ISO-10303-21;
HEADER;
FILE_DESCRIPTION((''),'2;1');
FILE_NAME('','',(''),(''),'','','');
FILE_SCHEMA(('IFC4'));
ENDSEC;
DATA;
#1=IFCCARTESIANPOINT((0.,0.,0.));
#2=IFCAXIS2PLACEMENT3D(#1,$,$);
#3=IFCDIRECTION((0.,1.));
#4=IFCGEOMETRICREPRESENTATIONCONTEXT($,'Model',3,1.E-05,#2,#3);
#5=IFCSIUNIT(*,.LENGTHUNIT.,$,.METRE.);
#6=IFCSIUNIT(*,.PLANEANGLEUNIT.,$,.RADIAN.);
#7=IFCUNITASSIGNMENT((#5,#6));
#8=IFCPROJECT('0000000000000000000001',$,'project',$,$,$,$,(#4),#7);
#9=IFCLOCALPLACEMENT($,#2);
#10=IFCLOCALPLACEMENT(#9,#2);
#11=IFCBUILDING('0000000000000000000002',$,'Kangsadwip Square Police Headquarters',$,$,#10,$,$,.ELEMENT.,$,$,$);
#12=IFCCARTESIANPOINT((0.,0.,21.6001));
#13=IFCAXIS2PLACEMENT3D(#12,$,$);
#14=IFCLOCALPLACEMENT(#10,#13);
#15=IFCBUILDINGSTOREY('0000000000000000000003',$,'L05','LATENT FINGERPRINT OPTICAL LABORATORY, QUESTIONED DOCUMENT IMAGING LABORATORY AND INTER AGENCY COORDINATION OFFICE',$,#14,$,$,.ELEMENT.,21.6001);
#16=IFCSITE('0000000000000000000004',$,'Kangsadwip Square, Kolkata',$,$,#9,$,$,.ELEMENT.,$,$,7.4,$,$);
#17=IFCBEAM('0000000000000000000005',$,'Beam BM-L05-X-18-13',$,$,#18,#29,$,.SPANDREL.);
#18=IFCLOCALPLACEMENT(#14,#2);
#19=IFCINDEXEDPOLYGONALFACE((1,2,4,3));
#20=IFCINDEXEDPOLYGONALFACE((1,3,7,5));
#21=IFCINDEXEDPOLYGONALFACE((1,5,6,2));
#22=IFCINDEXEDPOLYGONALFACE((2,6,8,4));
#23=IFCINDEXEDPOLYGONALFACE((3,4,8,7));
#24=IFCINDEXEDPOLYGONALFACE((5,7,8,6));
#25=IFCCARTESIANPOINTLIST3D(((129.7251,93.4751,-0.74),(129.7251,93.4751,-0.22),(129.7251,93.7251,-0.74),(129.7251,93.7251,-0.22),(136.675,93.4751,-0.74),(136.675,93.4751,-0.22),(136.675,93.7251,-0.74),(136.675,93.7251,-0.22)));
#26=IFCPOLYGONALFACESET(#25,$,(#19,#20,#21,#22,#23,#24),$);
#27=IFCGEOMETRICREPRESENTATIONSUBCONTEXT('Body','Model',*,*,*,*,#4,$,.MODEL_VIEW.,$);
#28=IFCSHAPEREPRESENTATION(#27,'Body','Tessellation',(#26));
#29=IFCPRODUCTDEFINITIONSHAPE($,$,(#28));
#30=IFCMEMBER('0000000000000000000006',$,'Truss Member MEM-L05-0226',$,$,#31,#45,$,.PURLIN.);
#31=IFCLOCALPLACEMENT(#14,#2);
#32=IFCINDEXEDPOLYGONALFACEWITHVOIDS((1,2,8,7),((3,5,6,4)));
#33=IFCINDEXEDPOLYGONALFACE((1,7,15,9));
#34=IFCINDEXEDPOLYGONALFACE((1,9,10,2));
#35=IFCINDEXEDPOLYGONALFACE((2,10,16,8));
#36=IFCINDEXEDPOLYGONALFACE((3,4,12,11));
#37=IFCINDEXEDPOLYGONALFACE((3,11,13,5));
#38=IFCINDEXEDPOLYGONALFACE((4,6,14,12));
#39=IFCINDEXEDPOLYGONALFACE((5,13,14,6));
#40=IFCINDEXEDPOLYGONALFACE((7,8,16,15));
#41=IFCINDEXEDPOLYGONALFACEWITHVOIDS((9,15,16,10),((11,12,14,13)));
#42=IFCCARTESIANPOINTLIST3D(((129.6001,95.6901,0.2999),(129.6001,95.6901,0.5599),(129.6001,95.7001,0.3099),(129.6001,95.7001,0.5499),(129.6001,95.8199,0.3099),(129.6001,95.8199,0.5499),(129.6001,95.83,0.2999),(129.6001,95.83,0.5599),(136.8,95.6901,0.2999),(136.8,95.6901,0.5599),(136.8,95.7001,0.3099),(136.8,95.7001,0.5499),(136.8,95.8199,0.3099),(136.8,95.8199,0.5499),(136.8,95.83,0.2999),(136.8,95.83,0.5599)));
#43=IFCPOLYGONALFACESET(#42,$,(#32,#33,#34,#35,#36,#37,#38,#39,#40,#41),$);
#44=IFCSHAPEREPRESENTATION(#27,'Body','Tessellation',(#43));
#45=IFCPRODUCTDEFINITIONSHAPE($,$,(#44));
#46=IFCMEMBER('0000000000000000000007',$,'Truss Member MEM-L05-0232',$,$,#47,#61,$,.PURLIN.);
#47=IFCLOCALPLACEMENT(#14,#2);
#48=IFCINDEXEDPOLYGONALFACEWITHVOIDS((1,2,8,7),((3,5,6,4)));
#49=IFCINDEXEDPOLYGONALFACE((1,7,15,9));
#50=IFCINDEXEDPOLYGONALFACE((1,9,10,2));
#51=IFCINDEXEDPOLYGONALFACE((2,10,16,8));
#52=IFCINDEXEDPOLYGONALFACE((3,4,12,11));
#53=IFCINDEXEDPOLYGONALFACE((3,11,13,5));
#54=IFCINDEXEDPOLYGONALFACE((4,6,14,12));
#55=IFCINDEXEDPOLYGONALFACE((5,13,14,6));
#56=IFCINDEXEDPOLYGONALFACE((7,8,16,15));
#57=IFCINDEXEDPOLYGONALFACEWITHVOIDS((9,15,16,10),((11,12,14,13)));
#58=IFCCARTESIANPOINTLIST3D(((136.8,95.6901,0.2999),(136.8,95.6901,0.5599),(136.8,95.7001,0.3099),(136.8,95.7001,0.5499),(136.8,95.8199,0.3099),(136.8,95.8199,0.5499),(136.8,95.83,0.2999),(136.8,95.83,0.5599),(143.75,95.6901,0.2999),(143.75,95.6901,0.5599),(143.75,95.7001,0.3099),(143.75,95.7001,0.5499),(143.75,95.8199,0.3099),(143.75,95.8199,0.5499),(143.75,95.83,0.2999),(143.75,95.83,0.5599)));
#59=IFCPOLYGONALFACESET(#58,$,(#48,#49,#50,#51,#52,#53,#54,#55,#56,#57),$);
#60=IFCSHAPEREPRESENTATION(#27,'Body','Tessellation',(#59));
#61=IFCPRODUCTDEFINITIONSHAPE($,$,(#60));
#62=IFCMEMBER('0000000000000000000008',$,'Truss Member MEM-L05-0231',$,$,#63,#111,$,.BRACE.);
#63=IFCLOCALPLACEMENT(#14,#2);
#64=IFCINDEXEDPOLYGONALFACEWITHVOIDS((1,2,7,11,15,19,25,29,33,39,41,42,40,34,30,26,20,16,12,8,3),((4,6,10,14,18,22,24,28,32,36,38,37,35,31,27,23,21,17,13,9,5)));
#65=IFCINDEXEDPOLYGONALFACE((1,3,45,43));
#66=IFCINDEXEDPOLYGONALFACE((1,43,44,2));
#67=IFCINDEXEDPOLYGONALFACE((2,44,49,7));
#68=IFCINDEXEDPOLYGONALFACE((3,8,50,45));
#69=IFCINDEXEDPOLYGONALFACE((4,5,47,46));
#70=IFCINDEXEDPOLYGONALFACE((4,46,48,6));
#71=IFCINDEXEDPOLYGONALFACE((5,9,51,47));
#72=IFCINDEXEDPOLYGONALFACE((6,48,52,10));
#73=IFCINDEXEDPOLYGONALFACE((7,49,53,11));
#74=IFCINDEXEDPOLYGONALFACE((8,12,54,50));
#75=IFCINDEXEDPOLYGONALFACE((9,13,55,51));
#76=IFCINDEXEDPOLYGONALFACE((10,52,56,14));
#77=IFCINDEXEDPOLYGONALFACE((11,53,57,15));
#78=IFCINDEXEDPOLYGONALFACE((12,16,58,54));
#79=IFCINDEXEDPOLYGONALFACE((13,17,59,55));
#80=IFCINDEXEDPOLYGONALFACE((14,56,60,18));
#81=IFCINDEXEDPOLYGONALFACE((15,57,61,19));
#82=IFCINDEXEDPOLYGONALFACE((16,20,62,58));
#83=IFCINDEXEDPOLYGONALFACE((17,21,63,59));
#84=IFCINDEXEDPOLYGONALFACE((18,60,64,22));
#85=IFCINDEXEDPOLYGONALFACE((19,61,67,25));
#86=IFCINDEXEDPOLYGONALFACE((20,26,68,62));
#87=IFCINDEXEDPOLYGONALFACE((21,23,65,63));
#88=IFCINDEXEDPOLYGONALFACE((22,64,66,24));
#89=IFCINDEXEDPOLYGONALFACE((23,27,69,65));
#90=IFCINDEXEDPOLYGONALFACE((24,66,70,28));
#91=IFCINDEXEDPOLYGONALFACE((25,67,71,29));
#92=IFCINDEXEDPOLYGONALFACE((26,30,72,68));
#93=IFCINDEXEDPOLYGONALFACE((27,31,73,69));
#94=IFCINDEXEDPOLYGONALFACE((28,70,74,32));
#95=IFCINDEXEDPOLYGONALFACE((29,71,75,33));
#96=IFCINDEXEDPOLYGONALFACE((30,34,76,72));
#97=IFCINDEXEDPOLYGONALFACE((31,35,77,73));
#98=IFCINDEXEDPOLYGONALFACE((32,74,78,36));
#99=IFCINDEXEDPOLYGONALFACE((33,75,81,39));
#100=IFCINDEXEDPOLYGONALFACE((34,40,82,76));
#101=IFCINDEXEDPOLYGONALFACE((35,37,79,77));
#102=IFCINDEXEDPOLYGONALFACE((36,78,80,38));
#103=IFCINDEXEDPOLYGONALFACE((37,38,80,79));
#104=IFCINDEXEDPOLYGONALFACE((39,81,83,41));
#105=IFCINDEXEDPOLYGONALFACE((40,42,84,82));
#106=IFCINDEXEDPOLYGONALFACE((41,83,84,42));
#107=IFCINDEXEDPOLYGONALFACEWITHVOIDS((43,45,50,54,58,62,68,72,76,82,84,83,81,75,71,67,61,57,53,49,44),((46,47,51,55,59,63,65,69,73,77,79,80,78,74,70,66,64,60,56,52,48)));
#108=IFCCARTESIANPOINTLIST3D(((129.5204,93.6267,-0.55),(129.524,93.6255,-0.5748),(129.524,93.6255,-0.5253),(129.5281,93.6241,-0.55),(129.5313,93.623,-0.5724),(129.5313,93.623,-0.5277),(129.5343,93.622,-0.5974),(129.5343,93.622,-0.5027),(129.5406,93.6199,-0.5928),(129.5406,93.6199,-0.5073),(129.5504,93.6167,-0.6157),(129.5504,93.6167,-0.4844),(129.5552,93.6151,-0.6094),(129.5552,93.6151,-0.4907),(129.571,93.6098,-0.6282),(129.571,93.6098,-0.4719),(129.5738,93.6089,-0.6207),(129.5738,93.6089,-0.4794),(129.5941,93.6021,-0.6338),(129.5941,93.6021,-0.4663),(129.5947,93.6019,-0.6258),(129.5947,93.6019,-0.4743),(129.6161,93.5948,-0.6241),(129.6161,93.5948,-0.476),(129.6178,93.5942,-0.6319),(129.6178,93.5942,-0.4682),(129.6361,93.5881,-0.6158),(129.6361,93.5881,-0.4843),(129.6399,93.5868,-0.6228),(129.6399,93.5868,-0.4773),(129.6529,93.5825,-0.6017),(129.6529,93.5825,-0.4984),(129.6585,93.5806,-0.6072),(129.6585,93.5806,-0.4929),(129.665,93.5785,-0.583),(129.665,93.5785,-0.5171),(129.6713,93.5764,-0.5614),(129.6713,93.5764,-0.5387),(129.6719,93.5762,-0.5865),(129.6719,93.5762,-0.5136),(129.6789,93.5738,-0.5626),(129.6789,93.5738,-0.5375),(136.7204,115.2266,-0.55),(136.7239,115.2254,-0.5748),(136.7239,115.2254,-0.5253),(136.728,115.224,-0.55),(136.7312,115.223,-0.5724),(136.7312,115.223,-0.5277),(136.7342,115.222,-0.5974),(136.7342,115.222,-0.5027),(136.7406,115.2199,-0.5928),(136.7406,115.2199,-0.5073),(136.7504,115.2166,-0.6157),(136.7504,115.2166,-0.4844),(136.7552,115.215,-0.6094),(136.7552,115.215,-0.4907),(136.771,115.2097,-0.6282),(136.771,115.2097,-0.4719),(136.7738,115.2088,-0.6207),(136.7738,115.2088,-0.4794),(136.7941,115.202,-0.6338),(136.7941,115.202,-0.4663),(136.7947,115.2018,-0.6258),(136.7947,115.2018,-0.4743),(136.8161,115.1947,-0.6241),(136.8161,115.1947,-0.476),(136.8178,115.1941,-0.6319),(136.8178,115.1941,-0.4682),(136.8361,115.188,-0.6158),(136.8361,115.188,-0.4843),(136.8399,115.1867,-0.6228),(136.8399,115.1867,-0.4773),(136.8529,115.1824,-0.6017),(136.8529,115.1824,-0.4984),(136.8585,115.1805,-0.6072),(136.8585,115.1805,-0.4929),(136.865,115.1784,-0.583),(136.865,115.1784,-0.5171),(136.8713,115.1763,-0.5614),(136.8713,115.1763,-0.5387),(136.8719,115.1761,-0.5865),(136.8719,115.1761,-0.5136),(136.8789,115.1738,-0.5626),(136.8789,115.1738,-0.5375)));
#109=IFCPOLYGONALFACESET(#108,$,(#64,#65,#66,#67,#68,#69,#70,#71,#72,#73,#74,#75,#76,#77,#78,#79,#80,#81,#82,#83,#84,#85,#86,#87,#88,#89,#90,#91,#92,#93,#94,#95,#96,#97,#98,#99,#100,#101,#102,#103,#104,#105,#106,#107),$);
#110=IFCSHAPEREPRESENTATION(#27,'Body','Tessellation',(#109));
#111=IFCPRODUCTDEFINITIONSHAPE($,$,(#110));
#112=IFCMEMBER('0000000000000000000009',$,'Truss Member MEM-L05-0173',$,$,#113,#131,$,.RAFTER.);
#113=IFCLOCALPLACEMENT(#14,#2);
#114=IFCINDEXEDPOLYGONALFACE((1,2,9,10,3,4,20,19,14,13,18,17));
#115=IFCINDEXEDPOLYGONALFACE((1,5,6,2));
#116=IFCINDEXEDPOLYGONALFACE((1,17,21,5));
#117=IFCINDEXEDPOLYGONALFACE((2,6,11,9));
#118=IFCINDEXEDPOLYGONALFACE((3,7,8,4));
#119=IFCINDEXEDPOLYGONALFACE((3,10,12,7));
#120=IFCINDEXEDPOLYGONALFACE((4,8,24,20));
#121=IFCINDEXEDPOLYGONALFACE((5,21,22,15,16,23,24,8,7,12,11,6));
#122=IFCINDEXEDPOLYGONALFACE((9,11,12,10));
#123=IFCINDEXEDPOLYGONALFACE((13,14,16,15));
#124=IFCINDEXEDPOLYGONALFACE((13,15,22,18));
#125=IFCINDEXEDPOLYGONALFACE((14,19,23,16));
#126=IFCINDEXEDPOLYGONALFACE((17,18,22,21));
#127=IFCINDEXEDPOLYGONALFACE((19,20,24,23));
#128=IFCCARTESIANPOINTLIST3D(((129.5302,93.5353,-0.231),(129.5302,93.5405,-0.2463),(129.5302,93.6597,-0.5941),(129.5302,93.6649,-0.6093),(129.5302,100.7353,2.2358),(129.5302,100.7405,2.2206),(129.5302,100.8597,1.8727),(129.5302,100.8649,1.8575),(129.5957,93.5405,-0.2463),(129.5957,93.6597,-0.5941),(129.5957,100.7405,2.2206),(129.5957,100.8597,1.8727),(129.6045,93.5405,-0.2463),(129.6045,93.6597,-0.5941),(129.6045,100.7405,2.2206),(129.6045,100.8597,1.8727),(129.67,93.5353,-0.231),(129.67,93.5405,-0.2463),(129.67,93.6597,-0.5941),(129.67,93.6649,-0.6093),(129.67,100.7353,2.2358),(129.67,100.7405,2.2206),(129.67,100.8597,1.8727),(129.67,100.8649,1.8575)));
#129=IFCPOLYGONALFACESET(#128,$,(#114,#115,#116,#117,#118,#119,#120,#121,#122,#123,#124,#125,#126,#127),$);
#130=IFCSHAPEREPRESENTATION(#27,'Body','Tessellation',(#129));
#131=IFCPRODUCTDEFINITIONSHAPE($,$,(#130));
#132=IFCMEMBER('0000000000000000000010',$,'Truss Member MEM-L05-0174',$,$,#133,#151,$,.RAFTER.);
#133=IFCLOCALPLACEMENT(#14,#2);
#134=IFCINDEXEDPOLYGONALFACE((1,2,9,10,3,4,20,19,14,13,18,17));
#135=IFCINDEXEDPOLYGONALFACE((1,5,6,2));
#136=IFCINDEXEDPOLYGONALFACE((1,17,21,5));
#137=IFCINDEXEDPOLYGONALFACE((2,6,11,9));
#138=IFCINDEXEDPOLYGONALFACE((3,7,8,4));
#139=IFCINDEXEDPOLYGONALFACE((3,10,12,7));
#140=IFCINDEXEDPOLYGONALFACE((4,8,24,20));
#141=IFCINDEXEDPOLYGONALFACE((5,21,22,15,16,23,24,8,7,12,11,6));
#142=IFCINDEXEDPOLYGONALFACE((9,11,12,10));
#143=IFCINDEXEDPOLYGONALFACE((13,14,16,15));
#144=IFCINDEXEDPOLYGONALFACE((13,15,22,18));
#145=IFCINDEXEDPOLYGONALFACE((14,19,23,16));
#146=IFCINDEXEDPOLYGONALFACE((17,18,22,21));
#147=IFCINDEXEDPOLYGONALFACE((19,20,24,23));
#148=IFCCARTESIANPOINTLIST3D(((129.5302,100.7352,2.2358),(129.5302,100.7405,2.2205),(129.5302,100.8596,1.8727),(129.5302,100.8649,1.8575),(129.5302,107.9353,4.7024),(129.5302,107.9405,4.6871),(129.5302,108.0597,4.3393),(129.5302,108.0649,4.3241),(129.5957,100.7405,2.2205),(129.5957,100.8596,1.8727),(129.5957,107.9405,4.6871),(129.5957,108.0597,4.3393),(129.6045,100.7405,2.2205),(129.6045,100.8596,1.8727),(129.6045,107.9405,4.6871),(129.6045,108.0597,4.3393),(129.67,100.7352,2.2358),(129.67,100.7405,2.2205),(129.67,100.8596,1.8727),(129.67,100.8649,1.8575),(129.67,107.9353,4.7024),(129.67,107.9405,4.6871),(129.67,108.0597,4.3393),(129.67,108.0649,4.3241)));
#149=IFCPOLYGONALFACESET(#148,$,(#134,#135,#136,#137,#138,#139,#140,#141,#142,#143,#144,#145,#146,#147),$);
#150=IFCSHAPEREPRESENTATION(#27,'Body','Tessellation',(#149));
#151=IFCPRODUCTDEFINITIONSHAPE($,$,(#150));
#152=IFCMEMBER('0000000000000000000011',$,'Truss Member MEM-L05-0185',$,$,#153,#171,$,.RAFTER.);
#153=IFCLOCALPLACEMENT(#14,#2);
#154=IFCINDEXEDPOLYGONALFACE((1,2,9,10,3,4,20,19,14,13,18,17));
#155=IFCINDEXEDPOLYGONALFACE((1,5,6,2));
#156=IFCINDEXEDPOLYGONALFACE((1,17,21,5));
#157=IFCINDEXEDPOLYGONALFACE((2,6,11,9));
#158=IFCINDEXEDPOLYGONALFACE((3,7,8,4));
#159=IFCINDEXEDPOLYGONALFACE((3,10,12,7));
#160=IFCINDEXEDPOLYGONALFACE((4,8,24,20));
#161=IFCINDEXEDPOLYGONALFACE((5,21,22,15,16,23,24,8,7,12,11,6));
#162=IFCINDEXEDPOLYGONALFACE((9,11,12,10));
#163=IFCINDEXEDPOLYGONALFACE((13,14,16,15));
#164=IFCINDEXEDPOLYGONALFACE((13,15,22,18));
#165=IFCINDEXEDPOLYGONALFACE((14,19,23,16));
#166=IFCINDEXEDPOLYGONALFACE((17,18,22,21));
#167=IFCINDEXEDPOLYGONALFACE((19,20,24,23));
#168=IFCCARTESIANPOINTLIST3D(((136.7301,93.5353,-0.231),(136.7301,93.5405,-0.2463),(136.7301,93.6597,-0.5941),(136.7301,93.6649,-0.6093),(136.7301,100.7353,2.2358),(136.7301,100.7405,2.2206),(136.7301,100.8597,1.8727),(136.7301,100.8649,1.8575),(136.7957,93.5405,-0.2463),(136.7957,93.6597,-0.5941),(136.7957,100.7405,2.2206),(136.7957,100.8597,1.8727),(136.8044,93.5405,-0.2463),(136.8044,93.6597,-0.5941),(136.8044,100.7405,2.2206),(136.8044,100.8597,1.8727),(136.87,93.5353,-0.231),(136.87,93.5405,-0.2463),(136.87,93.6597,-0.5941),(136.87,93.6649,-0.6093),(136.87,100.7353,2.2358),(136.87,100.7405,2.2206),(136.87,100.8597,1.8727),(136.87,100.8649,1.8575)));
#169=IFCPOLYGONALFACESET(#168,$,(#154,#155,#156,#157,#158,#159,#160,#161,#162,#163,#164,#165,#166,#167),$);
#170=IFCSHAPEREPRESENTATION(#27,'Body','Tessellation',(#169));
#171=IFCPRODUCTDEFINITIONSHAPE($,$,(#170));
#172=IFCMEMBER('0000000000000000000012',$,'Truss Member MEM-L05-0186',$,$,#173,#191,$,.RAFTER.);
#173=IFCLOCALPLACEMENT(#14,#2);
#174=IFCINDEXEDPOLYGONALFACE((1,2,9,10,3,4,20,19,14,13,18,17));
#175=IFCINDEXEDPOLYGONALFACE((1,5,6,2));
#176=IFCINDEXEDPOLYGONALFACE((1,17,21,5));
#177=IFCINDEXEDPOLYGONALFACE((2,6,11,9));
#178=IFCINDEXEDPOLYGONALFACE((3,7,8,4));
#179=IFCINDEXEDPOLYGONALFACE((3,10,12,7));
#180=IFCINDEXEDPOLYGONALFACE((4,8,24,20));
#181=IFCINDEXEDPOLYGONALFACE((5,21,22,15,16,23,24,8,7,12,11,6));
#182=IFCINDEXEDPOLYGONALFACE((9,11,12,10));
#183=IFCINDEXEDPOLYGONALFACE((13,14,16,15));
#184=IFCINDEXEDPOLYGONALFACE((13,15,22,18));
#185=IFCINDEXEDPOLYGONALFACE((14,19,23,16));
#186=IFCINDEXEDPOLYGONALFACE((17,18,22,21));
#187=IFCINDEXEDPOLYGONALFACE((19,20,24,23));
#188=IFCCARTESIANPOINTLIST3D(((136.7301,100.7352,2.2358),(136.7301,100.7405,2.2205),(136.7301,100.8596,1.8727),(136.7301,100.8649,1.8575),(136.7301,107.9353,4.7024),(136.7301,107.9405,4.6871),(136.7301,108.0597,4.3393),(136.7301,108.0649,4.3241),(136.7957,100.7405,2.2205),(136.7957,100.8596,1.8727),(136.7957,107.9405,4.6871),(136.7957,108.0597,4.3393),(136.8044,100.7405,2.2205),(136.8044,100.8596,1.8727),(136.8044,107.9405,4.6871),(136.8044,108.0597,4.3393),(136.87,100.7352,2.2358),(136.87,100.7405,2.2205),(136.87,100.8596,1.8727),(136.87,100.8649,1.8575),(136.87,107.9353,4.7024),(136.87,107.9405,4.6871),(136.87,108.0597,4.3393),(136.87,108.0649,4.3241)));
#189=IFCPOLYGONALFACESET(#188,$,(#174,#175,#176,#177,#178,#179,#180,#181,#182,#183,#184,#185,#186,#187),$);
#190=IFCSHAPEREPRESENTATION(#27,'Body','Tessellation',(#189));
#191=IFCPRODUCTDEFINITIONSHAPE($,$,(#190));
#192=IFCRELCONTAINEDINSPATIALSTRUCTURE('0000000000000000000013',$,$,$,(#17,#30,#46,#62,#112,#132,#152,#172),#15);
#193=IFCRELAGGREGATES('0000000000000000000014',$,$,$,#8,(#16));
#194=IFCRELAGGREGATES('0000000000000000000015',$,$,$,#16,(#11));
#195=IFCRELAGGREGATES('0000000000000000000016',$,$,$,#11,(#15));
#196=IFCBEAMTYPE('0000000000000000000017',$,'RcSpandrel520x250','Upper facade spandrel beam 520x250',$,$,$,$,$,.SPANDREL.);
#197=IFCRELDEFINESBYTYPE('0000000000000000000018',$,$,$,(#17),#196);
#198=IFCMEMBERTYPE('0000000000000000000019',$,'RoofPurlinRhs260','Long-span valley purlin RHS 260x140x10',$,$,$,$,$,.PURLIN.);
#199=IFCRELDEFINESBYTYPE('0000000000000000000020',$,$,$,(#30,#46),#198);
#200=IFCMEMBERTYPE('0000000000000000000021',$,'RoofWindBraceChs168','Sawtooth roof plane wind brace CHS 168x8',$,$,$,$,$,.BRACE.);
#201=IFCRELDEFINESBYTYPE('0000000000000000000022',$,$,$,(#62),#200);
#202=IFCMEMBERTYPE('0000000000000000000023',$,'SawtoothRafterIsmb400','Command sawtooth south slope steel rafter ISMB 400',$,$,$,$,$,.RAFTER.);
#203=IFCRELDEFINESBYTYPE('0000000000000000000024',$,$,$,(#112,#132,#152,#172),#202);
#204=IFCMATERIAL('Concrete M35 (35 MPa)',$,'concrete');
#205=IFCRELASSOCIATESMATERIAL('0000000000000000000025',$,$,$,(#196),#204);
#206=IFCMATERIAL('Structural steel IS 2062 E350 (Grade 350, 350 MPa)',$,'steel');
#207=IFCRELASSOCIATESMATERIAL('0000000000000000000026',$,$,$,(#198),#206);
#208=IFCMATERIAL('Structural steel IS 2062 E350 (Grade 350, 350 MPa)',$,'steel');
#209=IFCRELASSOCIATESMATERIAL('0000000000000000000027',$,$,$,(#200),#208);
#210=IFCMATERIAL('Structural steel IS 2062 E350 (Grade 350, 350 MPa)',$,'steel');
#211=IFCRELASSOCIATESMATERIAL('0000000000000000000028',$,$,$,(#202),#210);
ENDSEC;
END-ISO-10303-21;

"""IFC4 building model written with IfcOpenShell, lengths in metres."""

from ifc_helpers import new_model, si_unit, direction, frame, origin, origin_2d, place, context, subcontext, project, spatial, rectangle, hollow_rectangle, hollow_circle, i_section, extrude, material, material_profile, profile_set, type_object, element, save


model = new_model("IFC4")

# Units and contexts
model_context = context("Model", 3, precision=1e-05, world=origin(), true_north=direction((0.0, 1.0)))
body_context = subcontext(model_context, "Body", "Model", "MODEL_VIEW")
ifc_project = project(units=[si_unit("LENGTHUNIT", "METRE"), si_unit("PLANEANGLEUNIT", "RADIAN")], contexts=[model_context])

# Site, building, storey
site_placement = place(None, origin())
site = spatial("IfcSite", under=ifc_project, at=site_placement, Name="Kangsadwip Square, Kolkata", CompositionType="ELEMENT", RefElevation=7.4)
building_placement = place(site_placement, origin())
building = spatial("IfcBuilding", under=site, at=building_placement, Name="Kangsadwip Square Police Headquarters", CompositionType="ELEMENT")
storey_placement = place(building_placement, frame((0.0, 0.0, 21.6001)))
storey = spatial("IfcBuildingStorey", under=building, at=storey_placement, Name="L05", Description="LATENT FINGERPRINT OPTICAL LABORATORY, QUESTIONED DOCUMENT IMAGING LABORATORY AND INTER AGENCY COORDINATION OFFICE", CompositionType="ELEMENT", Elevation=21.6001)

# Beam
ifc_material_1 = material(Name="Concrete M35 (35 MPa)", Category="concrete")
ifc_material_profile_1 = material_profile(ifc_material_1, rectangle(XDim=0.25, YDim=0.52, at=origin_2d()), Name="RC SPN 520X250")
ifc_profile_set_1 = profile_set([ifc_material_profile_1], Name="Concrete M35 (35 MPa)")
beam_type = type_object("IfcBeamType", Name="RcSpandrel520x250", Description="Upper facade spandrel beam 520x250", PredefinedType="SPANDREL", material=ifc_profile_set_1)
beam_placement = place(storey_placement, frame((129.7251, 93.6001, -0.48), z_axis=(1.0, 0.0, 0.0), x_axis=(0.0, 1.0, 0.0)))
element("IfcBeam", 1, at=beam_placement, inside=storey, type_object=beam_type, Name="Beam BM-L05-X-18-13", PredefinedType="SPANDREL", context=body_context, shape_type="SweptSolid", body=[
    extrude(rectangle(XDim=0.25, YDim=0.52, at=origin_2d()), origin(), (0.0, 0.0, 1.0), 6.95),
])

# Members
ifc_material_2 = material(Name="Structural steel IS 2062 E350 (Grade 350, 350 MPa)", Category="steel")
ifc_material_profile_2 = material_profile(ifc_material_2, hollow_rectangle(XDim=0.1399, YDim=0.26, WallThickness=0.01, at=origin_2d()), Name="RHS 260X140X10")
ifc_profile_set_2 = profile_set([ifc_material_profile_2], Name="Structural steel IS 2062 E350 (Grade 350, 350 MPa)")
member_type_1 = type_object("IfcMemberType", Name="RoofPurlinRhs260", Description="Long-span valley purlin RHS 260x140x10", PredefinedType="PURLIN", material=ifc_profile_set_2)
member_1_placement = place(storey_placement, frame((129.6001, 95.76, 0.4299), z_axis=(1.0, 0.0, 0.0), x_axis=(0.0, 1.0, 0.0)))
element("IfcMember", 2, at=member_1_placement, inside=storey, type_object=member_type_1, Name="Truss Member MEM-L05-0226", PredefinedType="PURLIN", context=body_context, shape_type="SweptSolid", body=[
    extrude(hollow_rectangle(XDim=0.1399, YDim=0.26, WallThickness=0.01, at=origin_2d()), origin(), (0.0, 0.0, 1.0), 7.2),
])
member_2_placement = place(storey_placement, frame((136.8, 95.76, 0.4299), z_axis=(1.0, 0.0, 0.0), x_axis=(0.0, 1.0, 0.0)))
element("IfcMember", 3, at=member_2_placement, inside=storey, type_object=member_type_1, Name="Truss Member MEM-L05-0232", PredefinedType="PURLIN", context=body_context, shape_type="SweptSolid", body=[
    extrude(hollow_rectangle(XDim=0.1399, YDim=0.26, WallThickness=0.01, at=origin_2d()), origin(), (0.0, 0.0, 1.0), 6.95),
])
ifc_material_3 = material(Name="Structural steel IS 2062 E350 (Grade 350, 350 MPa)", Category="steel")
ifc_material_profile_3 = material_profile(ifc_material_3, hollow_circle(Radius=0.084, WallThickness=0.0081, at=origin_2d()), Name="CHS 168X8")
ifc_profile_set_3 = profile_set([ifc_material_profile_3], Name="Structural steel IS 2062 E350 (Grade 350, 350 MPa)")
member_type_2 = type_object("IfcMemberType", Name="RoofWindBraceChs168", Description="Sawtooth roof plane wind brace CHS 168x8", PredefinedType="BRACE", material=ifc_profile_set_3)
member_3_placement = place(storey_placement, frame((129.6001, 93.6001, -0.55), z_axis=(0.316228, 0.948683, 0.0), x_axis=(-0.948683, 0.316228, 0.0)))
element("IfcMember", 4, at=member_3_placement, inside=storey, type_object=member_type_2, Name="Truss Member MEM-L05-0231", PredefinedType="BRACE", context=body_context, shape_type="SweptSolid", body=[
    extrude(hollow_circle(Radius=0.084, WallThickness=0.0081, at=origin_2d()), origin(), (0.0, 0.0, 1.0), 22.7683),
])
ifc_material_4 = material(Name="Structural steel IS 2062 E350 (Grade 350, 350 MPa)", Category="steel")
ifc_material_profile_4 = material_profile(ifc_material_4, i_section(OverallWidth=0.1399, OverallDepth=0.3999, WebThickness=0.0088, FlangeThickness=0.0161, at=origin_2d()), Name="ISMB 400")
ifc_profile_set_4 = profile_set([ifc_material_profile_4], Name="Structural steel IS 2062 E350 (Grade 350, 350 MPa)")
member_type_3 = type_object("IfcMemberType", Name="SawtoothRafterIsmb400", Description="Command sawtooth south slope steel rafter ISMB 400", PredefinedType="RAFTER", material=ifc_profile_set_4)
for number, where, z_axis, x_axis, name in (
    (5, (129.6001, 93.6001, -0.4202), (0.0, 0.946017, 0.324118), (-1.0, 0.0, 0.0), "Truss Member MEM-L05-0173"),
    (6, (129.6001, 100.8, 2.0466), (0.0, 0.946027, 0.324089), (-1.0, 0.0, 0.0), "Truss Member MEM-L05-0174"),
    (7, (136.8, 93.6001, -0.4202), (0.0, 0.946017, 0.324118), (-1.0, 0.0, 0.0), "Truss Member MEM-L05-0185"),
    (8, (136.8, 100.8, 2.0466), (0.0, 0.946027, 0.324089), (-1.0, 0.0, 0.0), "Truss Member MEM-L05-0186"),
):
    element("IfcMember", number, at=place(storey_placement, frame(where, z_axis=z_axis, x_axis=x_axis)), inside=storey, type_object=member_type_3, Name=name, PredefinedType="RAFTER", context=body_context, shape_type="SweptSolid", body=[
        extrude(i_section(OverallWidth=0.1399, OverallDepth=0.3999, WebThickness=0.0088, FlangeThickness=0.0161, at=origin_2d()), origin(), (0.0, 0.0, 1.0), 7.6108),
    ])

save(model, "model.ifc")
